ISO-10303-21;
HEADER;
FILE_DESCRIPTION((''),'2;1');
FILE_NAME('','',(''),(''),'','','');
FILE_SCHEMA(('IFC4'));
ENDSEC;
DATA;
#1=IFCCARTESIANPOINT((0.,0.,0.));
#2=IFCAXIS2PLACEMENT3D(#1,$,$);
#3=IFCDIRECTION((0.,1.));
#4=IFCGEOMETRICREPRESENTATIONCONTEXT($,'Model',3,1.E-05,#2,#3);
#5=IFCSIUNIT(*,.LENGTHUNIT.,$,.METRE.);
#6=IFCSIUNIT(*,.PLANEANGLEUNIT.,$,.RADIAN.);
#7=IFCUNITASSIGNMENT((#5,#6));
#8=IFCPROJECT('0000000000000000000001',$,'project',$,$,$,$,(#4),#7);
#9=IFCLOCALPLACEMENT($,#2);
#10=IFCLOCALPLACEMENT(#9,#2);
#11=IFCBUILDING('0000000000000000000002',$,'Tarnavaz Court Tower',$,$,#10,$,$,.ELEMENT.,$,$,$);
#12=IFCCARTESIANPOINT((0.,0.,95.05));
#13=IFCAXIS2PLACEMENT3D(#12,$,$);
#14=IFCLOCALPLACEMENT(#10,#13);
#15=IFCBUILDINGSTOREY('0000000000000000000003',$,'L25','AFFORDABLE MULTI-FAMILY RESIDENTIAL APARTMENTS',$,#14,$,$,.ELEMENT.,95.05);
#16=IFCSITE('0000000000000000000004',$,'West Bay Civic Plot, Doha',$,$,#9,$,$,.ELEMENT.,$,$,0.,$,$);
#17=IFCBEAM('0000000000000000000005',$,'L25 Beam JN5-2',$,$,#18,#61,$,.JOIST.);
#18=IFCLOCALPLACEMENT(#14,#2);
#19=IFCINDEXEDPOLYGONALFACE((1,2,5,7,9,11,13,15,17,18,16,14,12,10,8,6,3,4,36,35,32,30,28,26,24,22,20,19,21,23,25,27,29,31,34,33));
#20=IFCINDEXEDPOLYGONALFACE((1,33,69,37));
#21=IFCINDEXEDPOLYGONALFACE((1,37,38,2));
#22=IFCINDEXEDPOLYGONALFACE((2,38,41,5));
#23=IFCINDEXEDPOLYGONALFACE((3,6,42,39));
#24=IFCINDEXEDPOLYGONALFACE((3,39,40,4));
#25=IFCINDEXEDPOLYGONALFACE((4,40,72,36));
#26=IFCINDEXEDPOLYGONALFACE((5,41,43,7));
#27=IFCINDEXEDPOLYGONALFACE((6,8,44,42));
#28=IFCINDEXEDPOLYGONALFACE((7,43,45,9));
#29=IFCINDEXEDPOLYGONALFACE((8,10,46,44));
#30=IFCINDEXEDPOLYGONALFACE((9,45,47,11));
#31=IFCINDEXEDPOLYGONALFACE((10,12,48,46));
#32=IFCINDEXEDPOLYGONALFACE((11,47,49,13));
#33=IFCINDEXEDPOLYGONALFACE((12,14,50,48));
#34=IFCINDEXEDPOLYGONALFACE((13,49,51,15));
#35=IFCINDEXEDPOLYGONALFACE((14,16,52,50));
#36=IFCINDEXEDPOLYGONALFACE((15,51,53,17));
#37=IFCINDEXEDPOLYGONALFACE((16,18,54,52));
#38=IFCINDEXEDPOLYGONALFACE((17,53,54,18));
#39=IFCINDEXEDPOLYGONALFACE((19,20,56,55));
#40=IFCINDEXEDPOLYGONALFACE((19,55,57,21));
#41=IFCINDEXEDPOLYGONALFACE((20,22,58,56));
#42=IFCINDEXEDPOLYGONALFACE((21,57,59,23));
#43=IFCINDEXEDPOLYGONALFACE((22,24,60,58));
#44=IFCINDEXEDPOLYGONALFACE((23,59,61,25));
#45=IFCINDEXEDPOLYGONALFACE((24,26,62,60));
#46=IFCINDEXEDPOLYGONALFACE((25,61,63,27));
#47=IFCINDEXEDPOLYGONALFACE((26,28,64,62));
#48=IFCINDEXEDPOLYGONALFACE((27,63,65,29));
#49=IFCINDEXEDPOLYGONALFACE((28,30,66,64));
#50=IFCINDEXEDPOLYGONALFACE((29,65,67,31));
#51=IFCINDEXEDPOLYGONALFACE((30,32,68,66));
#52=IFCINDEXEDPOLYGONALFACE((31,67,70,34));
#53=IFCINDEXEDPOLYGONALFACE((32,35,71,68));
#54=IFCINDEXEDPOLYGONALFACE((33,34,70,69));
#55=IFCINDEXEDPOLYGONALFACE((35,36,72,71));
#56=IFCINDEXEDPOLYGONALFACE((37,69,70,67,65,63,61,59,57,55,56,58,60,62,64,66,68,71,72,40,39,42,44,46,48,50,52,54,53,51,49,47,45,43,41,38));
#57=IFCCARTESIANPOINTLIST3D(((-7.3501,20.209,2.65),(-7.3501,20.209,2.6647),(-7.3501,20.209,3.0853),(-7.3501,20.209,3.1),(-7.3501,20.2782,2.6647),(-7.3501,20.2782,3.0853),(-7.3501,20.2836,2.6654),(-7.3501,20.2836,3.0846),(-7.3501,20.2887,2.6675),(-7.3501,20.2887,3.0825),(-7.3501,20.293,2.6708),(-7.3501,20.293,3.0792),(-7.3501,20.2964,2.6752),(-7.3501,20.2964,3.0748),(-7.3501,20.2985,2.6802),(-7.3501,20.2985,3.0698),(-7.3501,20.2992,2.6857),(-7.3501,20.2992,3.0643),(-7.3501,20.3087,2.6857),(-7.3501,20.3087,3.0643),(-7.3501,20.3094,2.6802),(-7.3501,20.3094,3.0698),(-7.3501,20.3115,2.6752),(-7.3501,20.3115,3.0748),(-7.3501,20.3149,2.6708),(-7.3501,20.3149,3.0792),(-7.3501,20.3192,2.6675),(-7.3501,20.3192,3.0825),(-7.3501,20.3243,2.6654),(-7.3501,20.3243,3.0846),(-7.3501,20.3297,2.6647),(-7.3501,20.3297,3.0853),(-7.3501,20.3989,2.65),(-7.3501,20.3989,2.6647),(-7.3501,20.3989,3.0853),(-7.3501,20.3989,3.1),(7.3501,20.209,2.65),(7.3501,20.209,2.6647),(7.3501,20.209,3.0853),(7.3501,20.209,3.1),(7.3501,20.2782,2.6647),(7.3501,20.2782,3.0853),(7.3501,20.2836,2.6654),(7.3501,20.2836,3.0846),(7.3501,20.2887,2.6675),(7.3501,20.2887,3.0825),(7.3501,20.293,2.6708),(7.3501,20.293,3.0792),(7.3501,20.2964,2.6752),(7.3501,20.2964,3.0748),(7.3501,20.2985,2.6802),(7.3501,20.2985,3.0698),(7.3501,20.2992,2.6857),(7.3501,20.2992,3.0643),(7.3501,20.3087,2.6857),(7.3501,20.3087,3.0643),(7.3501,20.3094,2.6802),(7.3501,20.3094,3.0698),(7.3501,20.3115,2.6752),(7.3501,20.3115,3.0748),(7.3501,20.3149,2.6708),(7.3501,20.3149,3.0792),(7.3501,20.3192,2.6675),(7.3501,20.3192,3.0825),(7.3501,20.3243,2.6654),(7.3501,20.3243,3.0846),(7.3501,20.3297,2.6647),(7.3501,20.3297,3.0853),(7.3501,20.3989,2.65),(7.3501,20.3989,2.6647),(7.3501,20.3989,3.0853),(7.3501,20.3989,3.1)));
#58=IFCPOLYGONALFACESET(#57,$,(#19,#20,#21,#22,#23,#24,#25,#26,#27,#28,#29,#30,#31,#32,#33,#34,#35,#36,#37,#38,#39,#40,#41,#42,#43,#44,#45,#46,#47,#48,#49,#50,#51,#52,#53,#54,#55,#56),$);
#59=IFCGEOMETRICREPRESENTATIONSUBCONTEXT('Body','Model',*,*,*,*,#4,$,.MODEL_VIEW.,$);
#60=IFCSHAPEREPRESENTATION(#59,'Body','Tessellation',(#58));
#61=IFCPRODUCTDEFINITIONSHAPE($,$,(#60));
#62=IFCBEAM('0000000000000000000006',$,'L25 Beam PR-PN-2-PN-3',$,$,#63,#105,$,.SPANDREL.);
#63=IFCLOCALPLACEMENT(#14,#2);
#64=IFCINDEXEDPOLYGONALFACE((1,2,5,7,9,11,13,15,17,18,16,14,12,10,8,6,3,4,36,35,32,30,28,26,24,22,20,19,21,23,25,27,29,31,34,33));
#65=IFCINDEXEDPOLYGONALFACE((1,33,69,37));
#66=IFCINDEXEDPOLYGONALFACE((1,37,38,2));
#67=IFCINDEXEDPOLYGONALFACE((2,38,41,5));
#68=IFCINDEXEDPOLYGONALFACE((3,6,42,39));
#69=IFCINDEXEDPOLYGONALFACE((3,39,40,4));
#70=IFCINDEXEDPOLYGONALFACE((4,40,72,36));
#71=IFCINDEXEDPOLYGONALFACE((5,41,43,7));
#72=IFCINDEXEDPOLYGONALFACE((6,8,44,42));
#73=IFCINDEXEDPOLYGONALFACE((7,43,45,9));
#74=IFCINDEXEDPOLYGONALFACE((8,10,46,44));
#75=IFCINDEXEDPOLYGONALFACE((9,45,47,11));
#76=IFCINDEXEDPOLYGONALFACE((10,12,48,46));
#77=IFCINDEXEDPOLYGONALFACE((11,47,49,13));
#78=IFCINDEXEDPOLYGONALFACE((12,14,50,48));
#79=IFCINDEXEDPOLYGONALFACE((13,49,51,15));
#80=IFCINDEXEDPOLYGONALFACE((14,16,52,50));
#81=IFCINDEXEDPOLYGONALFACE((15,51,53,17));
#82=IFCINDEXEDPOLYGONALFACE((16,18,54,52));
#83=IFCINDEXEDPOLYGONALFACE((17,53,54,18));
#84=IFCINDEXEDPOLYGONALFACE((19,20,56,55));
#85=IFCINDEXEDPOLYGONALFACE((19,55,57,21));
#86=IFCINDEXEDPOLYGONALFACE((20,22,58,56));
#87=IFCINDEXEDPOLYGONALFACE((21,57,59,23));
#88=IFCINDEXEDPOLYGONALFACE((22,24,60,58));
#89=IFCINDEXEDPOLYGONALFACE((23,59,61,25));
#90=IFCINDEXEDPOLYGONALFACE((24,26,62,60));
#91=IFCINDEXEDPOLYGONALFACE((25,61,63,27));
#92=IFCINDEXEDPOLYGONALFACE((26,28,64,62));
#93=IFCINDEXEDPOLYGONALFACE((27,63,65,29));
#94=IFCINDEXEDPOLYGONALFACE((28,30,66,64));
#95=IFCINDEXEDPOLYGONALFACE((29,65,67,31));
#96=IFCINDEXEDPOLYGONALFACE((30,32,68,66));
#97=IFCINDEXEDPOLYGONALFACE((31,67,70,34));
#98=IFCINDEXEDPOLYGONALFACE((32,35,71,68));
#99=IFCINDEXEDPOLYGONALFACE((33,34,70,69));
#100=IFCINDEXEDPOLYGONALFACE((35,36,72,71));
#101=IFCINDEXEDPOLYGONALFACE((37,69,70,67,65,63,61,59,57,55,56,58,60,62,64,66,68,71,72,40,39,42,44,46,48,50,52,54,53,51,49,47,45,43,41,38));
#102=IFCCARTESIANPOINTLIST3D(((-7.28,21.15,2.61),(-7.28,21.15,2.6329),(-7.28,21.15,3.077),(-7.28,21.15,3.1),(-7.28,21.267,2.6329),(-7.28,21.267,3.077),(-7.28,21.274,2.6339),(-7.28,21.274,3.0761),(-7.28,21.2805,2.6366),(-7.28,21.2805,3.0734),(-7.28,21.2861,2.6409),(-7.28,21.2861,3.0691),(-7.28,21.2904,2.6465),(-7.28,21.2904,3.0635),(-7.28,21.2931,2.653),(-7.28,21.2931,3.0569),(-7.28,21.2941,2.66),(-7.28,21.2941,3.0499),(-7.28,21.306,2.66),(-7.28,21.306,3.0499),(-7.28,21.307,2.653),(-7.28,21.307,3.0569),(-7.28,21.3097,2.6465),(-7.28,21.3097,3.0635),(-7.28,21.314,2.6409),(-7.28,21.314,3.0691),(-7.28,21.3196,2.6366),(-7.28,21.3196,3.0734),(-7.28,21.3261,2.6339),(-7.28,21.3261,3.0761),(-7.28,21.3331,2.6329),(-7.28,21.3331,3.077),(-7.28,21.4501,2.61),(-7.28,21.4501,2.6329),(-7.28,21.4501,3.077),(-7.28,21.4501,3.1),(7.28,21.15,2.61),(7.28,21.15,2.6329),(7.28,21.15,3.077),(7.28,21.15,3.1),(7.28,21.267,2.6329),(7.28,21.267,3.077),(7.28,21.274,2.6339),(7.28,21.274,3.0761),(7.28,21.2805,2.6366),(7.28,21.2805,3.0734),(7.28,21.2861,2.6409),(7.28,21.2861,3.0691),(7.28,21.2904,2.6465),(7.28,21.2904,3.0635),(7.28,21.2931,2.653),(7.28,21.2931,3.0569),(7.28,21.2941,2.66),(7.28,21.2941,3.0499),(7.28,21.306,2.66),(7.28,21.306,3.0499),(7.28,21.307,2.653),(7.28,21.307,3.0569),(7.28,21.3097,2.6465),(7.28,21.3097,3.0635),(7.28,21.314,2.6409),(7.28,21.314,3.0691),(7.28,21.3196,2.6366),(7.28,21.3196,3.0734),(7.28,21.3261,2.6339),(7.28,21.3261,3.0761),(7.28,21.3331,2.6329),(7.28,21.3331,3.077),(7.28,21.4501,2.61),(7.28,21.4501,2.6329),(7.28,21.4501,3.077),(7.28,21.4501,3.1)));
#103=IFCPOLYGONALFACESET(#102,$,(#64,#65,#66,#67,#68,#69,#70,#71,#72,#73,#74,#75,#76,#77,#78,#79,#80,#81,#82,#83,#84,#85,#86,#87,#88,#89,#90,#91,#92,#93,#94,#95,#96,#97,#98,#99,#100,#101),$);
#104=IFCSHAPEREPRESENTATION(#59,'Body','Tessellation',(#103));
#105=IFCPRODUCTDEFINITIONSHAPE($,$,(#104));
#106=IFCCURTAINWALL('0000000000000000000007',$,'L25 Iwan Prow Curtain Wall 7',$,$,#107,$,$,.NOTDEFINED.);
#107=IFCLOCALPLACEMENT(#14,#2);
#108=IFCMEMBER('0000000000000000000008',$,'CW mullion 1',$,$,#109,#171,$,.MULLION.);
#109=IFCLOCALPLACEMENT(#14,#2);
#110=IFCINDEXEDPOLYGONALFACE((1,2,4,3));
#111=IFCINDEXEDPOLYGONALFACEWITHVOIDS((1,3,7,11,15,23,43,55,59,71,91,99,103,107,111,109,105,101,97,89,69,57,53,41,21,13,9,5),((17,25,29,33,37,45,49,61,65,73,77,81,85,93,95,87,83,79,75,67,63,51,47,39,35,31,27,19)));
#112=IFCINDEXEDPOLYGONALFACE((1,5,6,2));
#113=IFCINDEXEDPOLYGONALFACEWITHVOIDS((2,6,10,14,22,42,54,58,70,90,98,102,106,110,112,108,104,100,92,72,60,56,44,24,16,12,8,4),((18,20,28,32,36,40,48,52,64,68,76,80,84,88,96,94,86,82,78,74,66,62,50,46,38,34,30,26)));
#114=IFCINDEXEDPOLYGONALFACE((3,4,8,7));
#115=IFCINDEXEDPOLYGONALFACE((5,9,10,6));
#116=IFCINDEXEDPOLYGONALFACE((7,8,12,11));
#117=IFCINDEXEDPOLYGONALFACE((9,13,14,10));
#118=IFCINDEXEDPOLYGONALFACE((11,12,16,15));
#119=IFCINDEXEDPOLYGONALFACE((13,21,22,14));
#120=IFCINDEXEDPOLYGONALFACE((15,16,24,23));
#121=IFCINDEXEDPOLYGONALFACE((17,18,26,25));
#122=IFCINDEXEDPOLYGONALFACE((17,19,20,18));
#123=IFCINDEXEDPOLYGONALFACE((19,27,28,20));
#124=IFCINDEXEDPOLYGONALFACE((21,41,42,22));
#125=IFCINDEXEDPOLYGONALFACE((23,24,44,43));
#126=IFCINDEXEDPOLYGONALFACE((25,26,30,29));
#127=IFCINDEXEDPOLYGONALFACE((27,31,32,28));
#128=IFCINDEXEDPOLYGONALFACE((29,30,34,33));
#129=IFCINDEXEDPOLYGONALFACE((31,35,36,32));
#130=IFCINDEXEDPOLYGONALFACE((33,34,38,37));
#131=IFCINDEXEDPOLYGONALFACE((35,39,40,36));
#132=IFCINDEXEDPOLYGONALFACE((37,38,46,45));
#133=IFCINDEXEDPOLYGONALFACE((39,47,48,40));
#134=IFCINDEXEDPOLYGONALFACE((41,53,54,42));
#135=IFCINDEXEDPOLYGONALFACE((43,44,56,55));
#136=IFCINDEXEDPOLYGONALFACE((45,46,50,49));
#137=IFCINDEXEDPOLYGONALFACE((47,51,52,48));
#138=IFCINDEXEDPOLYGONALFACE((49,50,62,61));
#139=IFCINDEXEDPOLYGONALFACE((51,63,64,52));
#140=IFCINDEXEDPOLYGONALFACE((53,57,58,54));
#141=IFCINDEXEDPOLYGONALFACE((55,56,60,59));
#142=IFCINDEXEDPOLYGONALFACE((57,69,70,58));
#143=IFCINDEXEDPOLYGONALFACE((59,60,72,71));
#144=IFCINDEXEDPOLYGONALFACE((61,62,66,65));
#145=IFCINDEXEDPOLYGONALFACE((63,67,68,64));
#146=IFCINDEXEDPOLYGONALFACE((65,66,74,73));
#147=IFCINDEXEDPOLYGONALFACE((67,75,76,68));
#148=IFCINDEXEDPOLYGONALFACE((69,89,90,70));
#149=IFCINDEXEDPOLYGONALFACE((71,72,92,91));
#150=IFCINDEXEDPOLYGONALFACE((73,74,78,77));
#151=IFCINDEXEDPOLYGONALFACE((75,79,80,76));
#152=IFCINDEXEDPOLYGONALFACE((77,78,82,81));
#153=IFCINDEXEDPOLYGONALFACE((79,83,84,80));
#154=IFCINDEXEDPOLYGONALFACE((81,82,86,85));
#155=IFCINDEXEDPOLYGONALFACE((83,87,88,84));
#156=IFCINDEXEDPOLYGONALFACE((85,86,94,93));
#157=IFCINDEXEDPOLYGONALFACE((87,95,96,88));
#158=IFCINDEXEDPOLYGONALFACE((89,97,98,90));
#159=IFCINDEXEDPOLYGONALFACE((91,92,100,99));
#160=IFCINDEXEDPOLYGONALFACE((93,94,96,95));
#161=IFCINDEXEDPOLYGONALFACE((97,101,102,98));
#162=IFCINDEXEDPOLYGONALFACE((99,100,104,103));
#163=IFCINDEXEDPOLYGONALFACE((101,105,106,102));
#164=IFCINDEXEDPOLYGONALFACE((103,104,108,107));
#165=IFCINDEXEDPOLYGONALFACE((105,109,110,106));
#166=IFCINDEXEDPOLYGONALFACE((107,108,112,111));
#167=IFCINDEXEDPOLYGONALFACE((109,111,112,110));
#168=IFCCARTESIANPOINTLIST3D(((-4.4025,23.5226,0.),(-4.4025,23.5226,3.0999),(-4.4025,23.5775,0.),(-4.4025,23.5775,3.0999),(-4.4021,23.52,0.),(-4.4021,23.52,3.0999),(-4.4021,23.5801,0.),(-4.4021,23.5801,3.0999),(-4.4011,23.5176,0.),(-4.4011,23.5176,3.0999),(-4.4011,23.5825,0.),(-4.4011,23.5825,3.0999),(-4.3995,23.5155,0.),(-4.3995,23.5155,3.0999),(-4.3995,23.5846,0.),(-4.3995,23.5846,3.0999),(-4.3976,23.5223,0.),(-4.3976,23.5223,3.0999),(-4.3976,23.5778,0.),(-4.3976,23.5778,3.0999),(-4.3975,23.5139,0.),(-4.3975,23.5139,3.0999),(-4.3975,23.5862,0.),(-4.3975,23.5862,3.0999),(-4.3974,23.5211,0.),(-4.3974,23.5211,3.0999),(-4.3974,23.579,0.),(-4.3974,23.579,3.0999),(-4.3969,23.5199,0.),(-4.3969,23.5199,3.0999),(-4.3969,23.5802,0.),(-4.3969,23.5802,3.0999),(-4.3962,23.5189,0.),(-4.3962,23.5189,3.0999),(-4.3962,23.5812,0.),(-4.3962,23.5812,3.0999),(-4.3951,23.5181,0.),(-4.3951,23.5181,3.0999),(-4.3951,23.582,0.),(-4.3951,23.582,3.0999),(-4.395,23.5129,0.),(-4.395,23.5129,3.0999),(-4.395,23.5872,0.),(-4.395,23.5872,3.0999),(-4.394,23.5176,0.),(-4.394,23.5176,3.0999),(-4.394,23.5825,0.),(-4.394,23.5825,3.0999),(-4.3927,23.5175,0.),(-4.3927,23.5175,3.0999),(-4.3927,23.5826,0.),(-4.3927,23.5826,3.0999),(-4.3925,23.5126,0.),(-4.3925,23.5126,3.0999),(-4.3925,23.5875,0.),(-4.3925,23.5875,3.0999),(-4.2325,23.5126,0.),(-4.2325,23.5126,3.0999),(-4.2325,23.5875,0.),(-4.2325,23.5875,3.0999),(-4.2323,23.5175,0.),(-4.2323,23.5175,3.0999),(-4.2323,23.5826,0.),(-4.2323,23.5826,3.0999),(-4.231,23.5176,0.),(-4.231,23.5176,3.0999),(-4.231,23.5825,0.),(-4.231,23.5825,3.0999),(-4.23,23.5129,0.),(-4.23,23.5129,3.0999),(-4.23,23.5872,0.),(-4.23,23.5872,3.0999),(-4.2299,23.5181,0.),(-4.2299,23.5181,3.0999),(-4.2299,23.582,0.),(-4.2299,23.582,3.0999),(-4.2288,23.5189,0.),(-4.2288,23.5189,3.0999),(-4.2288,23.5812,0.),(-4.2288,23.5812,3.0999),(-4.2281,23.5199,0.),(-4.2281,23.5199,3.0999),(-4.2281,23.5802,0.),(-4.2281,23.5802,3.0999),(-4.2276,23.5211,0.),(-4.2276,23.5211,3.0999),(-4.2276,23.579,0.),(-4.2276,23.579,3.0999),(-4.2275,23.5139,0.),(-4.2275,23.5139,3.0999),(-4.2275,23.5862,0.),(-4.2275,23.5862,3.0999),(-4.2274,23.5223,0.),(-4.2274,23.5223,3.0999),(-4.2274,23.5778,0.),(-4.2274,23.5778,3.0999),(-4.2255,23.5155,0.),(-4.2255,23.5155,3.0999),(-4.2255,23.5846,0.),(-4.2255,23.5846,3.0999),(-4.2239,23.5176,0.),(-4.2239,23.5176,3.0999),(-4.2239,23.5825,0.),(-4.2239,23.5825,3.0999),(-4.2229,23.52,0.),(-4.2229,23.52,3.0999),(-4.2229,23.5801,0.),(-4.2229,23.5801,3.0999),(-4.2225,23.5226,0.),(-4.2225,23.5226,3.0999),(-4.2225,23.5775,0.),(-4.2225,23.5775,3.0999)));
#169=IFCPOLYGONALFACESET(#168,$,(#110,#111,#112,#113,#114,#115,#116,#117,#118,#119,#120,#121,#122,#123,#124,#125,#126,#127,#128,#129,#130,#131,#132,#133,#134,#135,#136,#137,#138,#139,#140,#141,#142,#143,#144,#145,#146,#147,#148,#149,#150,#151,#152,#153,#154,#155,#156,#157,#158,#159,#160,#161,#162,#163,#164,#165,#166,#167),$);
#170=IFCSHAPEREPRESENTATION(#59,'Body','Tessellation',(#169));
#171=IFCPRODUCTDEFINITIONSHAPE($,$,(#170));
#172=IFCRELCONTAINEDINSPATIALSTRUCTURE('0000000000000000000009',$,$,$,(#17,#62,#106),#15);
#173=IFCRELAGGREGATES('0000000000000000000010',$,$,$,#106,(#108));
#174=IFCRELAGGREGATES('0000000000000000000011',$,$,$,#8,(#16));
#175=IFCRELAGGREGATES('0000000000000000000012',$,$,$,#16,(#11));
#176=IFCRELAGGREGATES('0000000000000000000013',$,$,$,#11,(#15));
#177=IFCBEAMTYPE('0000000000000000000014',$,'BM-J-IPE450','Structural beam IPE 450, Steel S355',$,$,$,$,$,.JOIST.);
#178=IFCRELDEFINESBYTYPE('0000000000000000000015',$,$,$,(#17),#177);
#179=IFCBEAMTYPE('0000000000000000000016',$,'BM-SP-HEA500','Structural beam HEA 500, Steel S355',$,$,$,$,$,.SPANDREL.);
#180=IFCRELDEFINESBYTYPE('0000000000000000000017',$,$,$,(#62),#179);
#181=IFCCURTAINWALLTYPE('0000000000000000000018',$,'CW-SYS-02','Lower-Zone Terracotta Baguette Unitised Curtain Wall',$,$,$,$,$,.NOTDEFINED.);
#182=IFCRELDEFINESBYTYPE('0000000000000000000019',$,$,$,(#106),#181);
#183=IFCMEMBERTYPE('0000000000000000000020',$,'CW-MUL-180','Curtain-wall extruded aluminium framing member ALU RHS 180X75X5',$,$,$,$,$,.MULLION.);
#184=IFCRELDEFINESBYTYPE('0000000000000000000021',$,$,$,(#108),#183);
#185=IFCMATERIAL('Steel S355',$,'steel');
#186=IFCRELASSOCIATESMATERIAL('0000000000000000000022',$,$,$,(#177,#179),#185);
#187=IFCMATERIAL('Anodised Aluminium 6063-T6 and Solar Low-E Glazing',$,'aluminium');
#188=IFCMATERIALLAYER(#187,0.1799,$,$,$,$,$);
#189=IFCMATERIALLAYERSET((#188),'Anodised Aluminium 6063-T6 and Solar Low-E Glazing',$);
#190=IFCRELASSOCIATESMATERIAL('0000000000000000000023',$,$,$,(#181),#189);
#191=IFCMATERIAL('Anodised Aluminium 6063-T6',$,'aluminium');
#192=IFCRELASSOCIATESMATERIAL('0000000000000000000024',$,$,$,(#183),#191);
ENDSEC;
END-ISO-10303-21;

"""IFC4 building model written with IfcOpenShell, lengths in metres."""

from ifc_helpers import new_model, si_unit, direction, frame, origin, origin_2d, place, context, subcontext, project, spatial, hollow_rectangle, i_section, extrude, material, layer, layer_set, material_profile, profile_set, type_object, element, aggregate, save


model = new_model("IFC4")

# Units and contexts
model_context = context("Model", 3, precision=1e-05, world=origin(), true_north=direction((0.0, 1.0)))
body_context = subcontext(model_context, "Body", "Model", "MODEL_VIEW")
ifc_project = project(units=[si_unit("LENGTHUNIT", "METRE"), si_unit("PLANEANGLEUNIT", "RADIAN")], contexts=[model_context])

# Site, building, storey
site_placement = place(None, origin())
site = spatial("IfcSite", under=ifc_project, at=site_placement, Name="West Bay Civic Plot, Doha", CompositionType="ELEMENT", RefElevation=0.0)
building_placement = place(site_placement, origin())
building = spatial("IfcBuilding", under=site, at=building_placement, Name="Tarnavaz Court Tower", CompositionType="ELEMENT")
storey_placement = place(building_placement, frame((0.0, 0.0, 95.05)))
storey = spatial("IfcBuildingStorey", under=building, at=storey_placement, Name="L25", Description="AFFORDABLE MULTI-FAMILY RESIDENTIAL APARTMENTS", CompositionType="ELEMENT", Elevation=95.05)

# Beams
ifc_material_1 = material(Name="Steel S355", Category="steel")
ifc_material_profile_1 = material_profile(ifc_material_1, i_section(OverallWidth=0.1899, OverallDepth=0.45, WebThickness=0.0095, FlangeThickness=0.0146, FilletRadius=0.021, at=origin_2d()), Name="IPE 450")
ifc_profile_set_1 = profile_set([ifc_material_profile_1], Name="Steel S355")
beam_type_1 = type_object("IfcBeamType", Name="BM-J-IPE450", Description="Structural beam IPE 450, Steel S355", PredefinedType="JOIST", material=ifc_profile_set_1)
for number, where, z_axis, x_axis, name in (
    (1, (-7.3501, 20.304, 2.875), (1.0, 0.0, 0.0), (0.0, 1.0, 0.0), "L25 Beam JN5-2"),
):
    element("IfcBeam", number, at=place(storey_placement, frame(where, z_axis=z_axis, x_axis=x_axis)), inside=storey, type_object=beam_type_1, Name=name, PredefinedType="JOIST", context=body_context, shape_type="SweptSolid", body=[
        extrude(i_section(OverallWidth=0.1899, OverallDepth=0.45, WebThickness=0.0095, FlangeThickness=0.0146, FilletRadius=0.021, at=origin_2d()), origin(), (0.0, 0.0, 1.0), 14.7002),
    ])
ifc_material_profile_2 = material_profile(ifc_material_1, i_section(OverallWidth=0.3, OverallDepth=0.49, WebThickness=0.012, FlangeThickness=0.0229, FilletRadius=0.0271, at=origin_2d()), Name="HEA 500")
ifc_profile_set_2 = profile_set([ifc_material_profile_2], Name="Steel S355")
beam_type_2 = type_object("IfcBeamType", Name="BM-SP-HEA500", Description="Structural beam HEA 500, Steel S355", PredefinedType="SPANDREL", material=ifc_profile_set_2)
beam_placement = place(storey_placement, frame((-7.28, 21.3, 2.855), z_axis=(1.0, 0.0, 0.0), x_axis=(0.0, 1.0, 0.0)))
element("IfcBeam", 2, at=beam_placement, inside=storey, type_object=beam_type_2, Name="L25 Beam PR-PN-2-PN-3", PredefinedType="SPANDREL", context=body_context, shape_type="SweptSolid", body=[
    extrude(i_section(OverallWidth=0.3, OverallDepth=0.49, WebThickness=0.012, FlangeThickness=0.0229, FilletRadius=0.0271, at=origin_2d()), origin(), (0.0, 0.0, 1.0), 14.5601),
])

# Curtain wall, member
ifc_material_2 = material(Name="Anodised Aluminium 6063-T6 and Solar Low-E Glazing", Category="aluminium")
ifc_layer_1 = layer(ifc_material_2, 0.1799)
ifc_layer_set_1 = layer_set([ifc_layer_1], Name="Anodised Aluminium 6063-T6 and Solar Low-E Glazing")
curtain_wall_type = type_object("IfcCurtainWallType", Name="CW-SYS-02", Description="Lower-Zone Terracotta Baguette Unitised Curtain Wall", PredefinedType="NOTDEFINED", material=ifc_layer_set_1)
curtain_wall_placement = place(storey_placement, origin())
curtain_wall = element("IfcCurtainWall", 3, at=curtain_wall_placement, inside=storey, type_object=curtain_wall_type, Name="L25 Iwan Prow Curtain Wall 7", PredefinedType="NOTDEFINED")
ifc_material_3 = material(Name="Anodised Aluminium 6063-T6", Category="aluminium")
ifc_material_profile_3 = material_profile(ifc_material_3, hollow_rectangle(XDim=0.075, YDim=0.1799, WallThickness=0.0049, InnerFilletRadius=0.0049, OuterFilletRadius=0.01, at=origin_2d()), Name="ALU RHS 180X75X5")
ifc_profile_set_3 = profile_set([ifc_material_profile_3], Name="Anodised Aluminium 6063-T6")
member_type_1 = type_object("IfcMemberType", Name="CW-MUL-180", Description="Curtain-wall extruded aluminium framing member ALU RHS 180X75X5", PredefinedType="MULLION", material=ifc_profile_set_3)
member_1_placement = place(storey_placement, frame((-4.3125, 23.55, 0.0), z_axis=(0.0, 0.0, 1.0), x_axis=(0.0, 1.0, 0.0)))
member_1 = element("IfcMember", 4, at=member_1_placement, type_object=member_type_1, Name="CW mullion 1", PredefinedType="MULLION", context=body_context, shape_type="SweptSolid", body=[
    extrude(hollow_rectangle(XDim=0.075, YDim=0.1799, WallThickness=0.0049, InnerFilletRadius=0.0049, OuterFilletRadius=0.01, at=origin_2d()), origin(), (0.0, 0.0, 1.0), 3.0999),
])
aggregate(curtain_wall, [member_1])

save(model, "model.ifc")
